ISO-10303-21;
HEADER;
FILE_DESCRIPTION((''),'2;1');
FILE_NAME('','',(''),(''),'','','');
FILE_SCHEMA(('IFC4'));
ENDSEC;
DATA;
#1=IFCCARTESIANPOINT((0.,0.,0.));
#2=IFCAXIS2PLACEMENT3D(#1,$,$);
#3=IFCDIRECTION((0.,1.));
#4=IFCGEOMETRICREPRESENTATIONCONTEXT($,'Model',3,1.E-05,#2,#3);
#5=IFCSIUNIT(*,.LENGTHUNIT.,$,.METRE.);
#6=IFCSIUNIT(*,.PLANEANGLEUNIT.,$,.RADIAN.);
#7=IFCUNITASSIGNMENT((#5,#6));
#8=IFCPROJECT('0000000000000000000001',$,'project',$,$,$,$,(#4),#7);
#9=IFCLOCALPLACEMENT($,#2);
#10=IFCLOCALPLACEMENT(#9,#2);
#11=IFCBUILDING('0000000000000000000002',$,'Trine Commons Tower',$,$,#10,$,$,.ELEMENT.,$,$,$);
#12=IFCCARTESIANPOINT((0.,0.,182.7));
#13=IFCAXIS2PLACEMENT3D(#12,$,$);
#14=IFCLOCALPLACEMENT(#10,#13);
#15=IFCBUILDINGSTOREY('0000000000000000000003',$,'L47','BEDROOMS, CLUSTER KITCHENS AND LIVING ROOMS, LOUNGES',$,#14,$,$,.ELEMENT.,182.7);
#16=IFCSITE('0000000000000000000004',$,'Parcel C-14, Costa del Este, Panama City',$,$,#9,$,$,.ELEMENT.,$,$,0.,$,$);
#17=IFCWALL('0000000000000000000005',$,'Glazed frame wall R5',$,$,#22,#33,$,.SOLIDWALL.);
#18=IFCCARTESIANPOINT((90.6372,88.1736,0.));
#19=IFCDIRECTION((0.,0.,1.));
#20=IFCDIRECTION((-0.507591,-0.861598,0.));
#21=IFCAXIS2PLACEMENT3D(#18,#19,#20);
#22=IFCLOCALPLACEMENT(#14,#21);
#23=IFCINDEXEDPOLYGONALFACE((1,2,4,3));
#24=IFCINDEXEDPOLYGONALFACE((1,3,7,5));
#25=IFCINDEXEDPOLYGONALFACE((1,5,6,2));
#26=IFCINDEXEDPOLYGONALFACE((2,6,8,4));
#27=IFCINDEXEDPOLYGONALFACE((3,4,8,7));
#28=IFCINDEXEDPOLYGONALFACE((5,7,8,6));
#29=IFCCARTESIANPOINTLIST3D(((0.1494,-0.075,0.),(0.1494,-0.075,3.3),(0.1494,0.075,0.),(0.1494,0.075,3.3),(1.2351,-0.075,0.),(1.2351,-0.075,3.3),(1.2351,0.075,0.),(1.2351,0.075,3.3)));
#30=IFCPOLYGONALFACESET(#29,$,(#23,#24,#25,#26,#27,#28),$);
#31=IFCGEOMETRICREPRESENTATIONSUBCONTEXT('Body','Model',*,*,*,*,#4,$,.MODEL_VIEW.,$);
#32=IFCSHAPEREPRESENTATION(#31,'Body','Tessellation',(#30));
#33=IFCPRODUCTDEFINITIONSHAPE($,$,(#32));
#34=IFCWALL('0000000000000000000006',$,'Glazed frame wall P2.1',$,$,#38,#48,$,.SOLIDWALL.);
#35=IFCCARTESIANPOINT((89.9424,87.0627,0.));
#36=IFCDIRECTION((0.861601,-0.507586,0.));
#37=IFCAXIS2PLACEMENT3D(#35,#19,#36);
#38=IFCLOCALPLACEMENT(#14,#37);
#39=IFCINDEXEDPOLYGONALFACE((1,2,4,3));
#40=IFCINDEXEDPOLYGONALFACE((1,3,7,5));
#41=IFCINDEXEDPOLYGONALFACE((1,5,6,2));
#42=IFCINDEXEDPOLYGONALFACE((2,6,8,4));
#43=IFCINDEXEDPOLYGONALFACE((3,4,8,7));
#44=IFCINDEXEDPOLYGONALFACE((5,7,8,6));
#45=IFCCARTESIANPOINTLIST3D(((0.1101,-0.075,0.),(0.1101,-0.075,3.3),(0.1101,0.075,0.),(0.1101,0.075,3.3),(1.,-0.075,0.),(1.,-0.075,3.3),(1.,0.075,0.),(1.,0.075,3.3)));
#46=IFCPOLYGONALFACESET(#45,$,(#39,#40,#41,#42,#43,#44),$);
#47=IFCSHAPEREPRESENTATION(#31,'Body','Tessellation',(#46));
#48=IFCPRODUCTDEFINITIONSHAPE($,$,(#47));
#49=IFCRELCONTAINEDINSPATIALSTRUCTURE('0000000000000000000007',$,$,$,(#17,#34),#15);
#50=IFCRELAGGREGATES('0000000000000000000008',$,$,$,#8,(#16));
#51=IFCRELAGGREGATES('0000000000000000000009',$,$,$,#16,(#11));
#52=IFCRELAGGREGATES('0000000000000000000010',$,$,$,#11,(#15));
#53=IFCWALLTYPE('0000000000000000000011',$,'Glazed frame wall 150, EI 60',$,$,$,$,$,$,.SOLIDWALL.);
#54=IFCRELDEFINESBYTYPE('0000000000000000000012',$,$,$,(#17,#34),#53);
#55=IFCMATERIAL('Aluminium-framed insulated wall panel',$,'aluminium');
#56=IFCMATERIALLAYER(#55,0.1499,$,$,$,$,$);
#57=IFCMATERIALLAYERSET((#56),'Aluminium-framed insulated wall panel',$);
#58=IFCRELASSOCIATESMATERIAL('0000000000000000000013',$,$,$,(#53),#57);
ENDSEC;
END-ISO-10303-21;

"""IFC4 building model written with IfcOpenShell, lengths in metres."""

from ifc_helpers import new_model, si_unit, direction, frame, origin, place, context, subcontext, project, spatial, polyline, outline, extrude, material, layer, layer_set, type_object, element, save


model = new_model("IFC4")

# Units and contexts
model_context = context("Model", 3, precision=1e-05, world=origin(), true_north=direction((0.0, 1.0)))
body_context = subcontext(model_context, "Body", "Model", "MODEL_VIEW")
ifc_project = project(units=[si_unit("LENGTHUNIT", "METRE"), si_unit("PLANEANGLEUNIT", "RADIAN")], contexts=[model_context])

# Site, building, storey
site_placement = place(None, origin())
site = spatial("IfcSite", under=ifc_project, at=site_placement, Name="Parcel C-14, Costa del Este, Panama City", CompositionType="ELEMENT", RefElevation=0.0)
building_placement = place(site_placement, origin())
building = spatial("IfcBuilding", under=site, at=building_placement, Name="Trine Commons Tower", CompositionType="ELEMENT")
storey_placement = place(building_placement, frame((0.0, 0.0, 182.7)))
storey = spatial("IfcBuildingStorey", under=building, at=storey_placement, Name="L47", Description="BEDROOMS, CLUSTER KITCHENS AND LIVING ROOMS, LOUNGES", CompositionType="ELEMENT", Elevation=182.7)

# Walls
ifc_material_1 = material(Name="Aluminium-framed insulated wall panel", Category="aluminium")
ifc_layer_1 = layer(ifc_material_1, 0.1499)
ifc_layer_set_1 = layer_set([ifc_layer_1], Name="Aluminium-framed insulated wall panel")
wall_type_1 = type_object("IfcWallType", Name="Glazed frame wall 150, EI 60", PredefinedType="SOLIDWALL", material=ifc_layer_set_1)
wall_1_placement = place(storey_placement, frame((90.6372, 88.1736, 0.0), z_axis=(0.0, 0.0, 1.0), x_axis=(-0.507591, -0.861598, 0.0)))
element("IfcWall", 1, at=wall_1_placement, inside=storey, type_object=wall_type_1, Name="Glazed frame wall R5", PredefinedType="SOLIDWALL", context=body_context, shape_type="SweptSolid", body=[
    extrude(outline(polyline([(0.1494, 0.075), (0.1494, -0.075), (1.2351, -0.075), (1.2351, 0.075), (0.1494, 0.075)])), origin(), (0.0, 0.0, 1.0), 3.3),
])
wall_2_placement = place(storey_placement, frame((89.9424, 87.0627, 0.0), z_axis=(0.0, 0.0, 1.0), x_axis=(0.861601, -0.507586, 0.0)))
element("IfcWall", 2, at=wall_2_placement, inside=storey, type_object=wall_type_1, Name="Glazed frame wall P2.1", PredefinedType="SOLIDWALL", context=body_context, shape_type="SweptSolid", body=[
    extrude(outline(polyline([(0.1101, -0.075), (1.0, -0.075), (1.0, 0.075), (0.1101, 0.075), (0.1101, -0.075)])), origin(), (0.0, 0.0, 1.0), 3.3),
])

save(model, "model.ifc")
